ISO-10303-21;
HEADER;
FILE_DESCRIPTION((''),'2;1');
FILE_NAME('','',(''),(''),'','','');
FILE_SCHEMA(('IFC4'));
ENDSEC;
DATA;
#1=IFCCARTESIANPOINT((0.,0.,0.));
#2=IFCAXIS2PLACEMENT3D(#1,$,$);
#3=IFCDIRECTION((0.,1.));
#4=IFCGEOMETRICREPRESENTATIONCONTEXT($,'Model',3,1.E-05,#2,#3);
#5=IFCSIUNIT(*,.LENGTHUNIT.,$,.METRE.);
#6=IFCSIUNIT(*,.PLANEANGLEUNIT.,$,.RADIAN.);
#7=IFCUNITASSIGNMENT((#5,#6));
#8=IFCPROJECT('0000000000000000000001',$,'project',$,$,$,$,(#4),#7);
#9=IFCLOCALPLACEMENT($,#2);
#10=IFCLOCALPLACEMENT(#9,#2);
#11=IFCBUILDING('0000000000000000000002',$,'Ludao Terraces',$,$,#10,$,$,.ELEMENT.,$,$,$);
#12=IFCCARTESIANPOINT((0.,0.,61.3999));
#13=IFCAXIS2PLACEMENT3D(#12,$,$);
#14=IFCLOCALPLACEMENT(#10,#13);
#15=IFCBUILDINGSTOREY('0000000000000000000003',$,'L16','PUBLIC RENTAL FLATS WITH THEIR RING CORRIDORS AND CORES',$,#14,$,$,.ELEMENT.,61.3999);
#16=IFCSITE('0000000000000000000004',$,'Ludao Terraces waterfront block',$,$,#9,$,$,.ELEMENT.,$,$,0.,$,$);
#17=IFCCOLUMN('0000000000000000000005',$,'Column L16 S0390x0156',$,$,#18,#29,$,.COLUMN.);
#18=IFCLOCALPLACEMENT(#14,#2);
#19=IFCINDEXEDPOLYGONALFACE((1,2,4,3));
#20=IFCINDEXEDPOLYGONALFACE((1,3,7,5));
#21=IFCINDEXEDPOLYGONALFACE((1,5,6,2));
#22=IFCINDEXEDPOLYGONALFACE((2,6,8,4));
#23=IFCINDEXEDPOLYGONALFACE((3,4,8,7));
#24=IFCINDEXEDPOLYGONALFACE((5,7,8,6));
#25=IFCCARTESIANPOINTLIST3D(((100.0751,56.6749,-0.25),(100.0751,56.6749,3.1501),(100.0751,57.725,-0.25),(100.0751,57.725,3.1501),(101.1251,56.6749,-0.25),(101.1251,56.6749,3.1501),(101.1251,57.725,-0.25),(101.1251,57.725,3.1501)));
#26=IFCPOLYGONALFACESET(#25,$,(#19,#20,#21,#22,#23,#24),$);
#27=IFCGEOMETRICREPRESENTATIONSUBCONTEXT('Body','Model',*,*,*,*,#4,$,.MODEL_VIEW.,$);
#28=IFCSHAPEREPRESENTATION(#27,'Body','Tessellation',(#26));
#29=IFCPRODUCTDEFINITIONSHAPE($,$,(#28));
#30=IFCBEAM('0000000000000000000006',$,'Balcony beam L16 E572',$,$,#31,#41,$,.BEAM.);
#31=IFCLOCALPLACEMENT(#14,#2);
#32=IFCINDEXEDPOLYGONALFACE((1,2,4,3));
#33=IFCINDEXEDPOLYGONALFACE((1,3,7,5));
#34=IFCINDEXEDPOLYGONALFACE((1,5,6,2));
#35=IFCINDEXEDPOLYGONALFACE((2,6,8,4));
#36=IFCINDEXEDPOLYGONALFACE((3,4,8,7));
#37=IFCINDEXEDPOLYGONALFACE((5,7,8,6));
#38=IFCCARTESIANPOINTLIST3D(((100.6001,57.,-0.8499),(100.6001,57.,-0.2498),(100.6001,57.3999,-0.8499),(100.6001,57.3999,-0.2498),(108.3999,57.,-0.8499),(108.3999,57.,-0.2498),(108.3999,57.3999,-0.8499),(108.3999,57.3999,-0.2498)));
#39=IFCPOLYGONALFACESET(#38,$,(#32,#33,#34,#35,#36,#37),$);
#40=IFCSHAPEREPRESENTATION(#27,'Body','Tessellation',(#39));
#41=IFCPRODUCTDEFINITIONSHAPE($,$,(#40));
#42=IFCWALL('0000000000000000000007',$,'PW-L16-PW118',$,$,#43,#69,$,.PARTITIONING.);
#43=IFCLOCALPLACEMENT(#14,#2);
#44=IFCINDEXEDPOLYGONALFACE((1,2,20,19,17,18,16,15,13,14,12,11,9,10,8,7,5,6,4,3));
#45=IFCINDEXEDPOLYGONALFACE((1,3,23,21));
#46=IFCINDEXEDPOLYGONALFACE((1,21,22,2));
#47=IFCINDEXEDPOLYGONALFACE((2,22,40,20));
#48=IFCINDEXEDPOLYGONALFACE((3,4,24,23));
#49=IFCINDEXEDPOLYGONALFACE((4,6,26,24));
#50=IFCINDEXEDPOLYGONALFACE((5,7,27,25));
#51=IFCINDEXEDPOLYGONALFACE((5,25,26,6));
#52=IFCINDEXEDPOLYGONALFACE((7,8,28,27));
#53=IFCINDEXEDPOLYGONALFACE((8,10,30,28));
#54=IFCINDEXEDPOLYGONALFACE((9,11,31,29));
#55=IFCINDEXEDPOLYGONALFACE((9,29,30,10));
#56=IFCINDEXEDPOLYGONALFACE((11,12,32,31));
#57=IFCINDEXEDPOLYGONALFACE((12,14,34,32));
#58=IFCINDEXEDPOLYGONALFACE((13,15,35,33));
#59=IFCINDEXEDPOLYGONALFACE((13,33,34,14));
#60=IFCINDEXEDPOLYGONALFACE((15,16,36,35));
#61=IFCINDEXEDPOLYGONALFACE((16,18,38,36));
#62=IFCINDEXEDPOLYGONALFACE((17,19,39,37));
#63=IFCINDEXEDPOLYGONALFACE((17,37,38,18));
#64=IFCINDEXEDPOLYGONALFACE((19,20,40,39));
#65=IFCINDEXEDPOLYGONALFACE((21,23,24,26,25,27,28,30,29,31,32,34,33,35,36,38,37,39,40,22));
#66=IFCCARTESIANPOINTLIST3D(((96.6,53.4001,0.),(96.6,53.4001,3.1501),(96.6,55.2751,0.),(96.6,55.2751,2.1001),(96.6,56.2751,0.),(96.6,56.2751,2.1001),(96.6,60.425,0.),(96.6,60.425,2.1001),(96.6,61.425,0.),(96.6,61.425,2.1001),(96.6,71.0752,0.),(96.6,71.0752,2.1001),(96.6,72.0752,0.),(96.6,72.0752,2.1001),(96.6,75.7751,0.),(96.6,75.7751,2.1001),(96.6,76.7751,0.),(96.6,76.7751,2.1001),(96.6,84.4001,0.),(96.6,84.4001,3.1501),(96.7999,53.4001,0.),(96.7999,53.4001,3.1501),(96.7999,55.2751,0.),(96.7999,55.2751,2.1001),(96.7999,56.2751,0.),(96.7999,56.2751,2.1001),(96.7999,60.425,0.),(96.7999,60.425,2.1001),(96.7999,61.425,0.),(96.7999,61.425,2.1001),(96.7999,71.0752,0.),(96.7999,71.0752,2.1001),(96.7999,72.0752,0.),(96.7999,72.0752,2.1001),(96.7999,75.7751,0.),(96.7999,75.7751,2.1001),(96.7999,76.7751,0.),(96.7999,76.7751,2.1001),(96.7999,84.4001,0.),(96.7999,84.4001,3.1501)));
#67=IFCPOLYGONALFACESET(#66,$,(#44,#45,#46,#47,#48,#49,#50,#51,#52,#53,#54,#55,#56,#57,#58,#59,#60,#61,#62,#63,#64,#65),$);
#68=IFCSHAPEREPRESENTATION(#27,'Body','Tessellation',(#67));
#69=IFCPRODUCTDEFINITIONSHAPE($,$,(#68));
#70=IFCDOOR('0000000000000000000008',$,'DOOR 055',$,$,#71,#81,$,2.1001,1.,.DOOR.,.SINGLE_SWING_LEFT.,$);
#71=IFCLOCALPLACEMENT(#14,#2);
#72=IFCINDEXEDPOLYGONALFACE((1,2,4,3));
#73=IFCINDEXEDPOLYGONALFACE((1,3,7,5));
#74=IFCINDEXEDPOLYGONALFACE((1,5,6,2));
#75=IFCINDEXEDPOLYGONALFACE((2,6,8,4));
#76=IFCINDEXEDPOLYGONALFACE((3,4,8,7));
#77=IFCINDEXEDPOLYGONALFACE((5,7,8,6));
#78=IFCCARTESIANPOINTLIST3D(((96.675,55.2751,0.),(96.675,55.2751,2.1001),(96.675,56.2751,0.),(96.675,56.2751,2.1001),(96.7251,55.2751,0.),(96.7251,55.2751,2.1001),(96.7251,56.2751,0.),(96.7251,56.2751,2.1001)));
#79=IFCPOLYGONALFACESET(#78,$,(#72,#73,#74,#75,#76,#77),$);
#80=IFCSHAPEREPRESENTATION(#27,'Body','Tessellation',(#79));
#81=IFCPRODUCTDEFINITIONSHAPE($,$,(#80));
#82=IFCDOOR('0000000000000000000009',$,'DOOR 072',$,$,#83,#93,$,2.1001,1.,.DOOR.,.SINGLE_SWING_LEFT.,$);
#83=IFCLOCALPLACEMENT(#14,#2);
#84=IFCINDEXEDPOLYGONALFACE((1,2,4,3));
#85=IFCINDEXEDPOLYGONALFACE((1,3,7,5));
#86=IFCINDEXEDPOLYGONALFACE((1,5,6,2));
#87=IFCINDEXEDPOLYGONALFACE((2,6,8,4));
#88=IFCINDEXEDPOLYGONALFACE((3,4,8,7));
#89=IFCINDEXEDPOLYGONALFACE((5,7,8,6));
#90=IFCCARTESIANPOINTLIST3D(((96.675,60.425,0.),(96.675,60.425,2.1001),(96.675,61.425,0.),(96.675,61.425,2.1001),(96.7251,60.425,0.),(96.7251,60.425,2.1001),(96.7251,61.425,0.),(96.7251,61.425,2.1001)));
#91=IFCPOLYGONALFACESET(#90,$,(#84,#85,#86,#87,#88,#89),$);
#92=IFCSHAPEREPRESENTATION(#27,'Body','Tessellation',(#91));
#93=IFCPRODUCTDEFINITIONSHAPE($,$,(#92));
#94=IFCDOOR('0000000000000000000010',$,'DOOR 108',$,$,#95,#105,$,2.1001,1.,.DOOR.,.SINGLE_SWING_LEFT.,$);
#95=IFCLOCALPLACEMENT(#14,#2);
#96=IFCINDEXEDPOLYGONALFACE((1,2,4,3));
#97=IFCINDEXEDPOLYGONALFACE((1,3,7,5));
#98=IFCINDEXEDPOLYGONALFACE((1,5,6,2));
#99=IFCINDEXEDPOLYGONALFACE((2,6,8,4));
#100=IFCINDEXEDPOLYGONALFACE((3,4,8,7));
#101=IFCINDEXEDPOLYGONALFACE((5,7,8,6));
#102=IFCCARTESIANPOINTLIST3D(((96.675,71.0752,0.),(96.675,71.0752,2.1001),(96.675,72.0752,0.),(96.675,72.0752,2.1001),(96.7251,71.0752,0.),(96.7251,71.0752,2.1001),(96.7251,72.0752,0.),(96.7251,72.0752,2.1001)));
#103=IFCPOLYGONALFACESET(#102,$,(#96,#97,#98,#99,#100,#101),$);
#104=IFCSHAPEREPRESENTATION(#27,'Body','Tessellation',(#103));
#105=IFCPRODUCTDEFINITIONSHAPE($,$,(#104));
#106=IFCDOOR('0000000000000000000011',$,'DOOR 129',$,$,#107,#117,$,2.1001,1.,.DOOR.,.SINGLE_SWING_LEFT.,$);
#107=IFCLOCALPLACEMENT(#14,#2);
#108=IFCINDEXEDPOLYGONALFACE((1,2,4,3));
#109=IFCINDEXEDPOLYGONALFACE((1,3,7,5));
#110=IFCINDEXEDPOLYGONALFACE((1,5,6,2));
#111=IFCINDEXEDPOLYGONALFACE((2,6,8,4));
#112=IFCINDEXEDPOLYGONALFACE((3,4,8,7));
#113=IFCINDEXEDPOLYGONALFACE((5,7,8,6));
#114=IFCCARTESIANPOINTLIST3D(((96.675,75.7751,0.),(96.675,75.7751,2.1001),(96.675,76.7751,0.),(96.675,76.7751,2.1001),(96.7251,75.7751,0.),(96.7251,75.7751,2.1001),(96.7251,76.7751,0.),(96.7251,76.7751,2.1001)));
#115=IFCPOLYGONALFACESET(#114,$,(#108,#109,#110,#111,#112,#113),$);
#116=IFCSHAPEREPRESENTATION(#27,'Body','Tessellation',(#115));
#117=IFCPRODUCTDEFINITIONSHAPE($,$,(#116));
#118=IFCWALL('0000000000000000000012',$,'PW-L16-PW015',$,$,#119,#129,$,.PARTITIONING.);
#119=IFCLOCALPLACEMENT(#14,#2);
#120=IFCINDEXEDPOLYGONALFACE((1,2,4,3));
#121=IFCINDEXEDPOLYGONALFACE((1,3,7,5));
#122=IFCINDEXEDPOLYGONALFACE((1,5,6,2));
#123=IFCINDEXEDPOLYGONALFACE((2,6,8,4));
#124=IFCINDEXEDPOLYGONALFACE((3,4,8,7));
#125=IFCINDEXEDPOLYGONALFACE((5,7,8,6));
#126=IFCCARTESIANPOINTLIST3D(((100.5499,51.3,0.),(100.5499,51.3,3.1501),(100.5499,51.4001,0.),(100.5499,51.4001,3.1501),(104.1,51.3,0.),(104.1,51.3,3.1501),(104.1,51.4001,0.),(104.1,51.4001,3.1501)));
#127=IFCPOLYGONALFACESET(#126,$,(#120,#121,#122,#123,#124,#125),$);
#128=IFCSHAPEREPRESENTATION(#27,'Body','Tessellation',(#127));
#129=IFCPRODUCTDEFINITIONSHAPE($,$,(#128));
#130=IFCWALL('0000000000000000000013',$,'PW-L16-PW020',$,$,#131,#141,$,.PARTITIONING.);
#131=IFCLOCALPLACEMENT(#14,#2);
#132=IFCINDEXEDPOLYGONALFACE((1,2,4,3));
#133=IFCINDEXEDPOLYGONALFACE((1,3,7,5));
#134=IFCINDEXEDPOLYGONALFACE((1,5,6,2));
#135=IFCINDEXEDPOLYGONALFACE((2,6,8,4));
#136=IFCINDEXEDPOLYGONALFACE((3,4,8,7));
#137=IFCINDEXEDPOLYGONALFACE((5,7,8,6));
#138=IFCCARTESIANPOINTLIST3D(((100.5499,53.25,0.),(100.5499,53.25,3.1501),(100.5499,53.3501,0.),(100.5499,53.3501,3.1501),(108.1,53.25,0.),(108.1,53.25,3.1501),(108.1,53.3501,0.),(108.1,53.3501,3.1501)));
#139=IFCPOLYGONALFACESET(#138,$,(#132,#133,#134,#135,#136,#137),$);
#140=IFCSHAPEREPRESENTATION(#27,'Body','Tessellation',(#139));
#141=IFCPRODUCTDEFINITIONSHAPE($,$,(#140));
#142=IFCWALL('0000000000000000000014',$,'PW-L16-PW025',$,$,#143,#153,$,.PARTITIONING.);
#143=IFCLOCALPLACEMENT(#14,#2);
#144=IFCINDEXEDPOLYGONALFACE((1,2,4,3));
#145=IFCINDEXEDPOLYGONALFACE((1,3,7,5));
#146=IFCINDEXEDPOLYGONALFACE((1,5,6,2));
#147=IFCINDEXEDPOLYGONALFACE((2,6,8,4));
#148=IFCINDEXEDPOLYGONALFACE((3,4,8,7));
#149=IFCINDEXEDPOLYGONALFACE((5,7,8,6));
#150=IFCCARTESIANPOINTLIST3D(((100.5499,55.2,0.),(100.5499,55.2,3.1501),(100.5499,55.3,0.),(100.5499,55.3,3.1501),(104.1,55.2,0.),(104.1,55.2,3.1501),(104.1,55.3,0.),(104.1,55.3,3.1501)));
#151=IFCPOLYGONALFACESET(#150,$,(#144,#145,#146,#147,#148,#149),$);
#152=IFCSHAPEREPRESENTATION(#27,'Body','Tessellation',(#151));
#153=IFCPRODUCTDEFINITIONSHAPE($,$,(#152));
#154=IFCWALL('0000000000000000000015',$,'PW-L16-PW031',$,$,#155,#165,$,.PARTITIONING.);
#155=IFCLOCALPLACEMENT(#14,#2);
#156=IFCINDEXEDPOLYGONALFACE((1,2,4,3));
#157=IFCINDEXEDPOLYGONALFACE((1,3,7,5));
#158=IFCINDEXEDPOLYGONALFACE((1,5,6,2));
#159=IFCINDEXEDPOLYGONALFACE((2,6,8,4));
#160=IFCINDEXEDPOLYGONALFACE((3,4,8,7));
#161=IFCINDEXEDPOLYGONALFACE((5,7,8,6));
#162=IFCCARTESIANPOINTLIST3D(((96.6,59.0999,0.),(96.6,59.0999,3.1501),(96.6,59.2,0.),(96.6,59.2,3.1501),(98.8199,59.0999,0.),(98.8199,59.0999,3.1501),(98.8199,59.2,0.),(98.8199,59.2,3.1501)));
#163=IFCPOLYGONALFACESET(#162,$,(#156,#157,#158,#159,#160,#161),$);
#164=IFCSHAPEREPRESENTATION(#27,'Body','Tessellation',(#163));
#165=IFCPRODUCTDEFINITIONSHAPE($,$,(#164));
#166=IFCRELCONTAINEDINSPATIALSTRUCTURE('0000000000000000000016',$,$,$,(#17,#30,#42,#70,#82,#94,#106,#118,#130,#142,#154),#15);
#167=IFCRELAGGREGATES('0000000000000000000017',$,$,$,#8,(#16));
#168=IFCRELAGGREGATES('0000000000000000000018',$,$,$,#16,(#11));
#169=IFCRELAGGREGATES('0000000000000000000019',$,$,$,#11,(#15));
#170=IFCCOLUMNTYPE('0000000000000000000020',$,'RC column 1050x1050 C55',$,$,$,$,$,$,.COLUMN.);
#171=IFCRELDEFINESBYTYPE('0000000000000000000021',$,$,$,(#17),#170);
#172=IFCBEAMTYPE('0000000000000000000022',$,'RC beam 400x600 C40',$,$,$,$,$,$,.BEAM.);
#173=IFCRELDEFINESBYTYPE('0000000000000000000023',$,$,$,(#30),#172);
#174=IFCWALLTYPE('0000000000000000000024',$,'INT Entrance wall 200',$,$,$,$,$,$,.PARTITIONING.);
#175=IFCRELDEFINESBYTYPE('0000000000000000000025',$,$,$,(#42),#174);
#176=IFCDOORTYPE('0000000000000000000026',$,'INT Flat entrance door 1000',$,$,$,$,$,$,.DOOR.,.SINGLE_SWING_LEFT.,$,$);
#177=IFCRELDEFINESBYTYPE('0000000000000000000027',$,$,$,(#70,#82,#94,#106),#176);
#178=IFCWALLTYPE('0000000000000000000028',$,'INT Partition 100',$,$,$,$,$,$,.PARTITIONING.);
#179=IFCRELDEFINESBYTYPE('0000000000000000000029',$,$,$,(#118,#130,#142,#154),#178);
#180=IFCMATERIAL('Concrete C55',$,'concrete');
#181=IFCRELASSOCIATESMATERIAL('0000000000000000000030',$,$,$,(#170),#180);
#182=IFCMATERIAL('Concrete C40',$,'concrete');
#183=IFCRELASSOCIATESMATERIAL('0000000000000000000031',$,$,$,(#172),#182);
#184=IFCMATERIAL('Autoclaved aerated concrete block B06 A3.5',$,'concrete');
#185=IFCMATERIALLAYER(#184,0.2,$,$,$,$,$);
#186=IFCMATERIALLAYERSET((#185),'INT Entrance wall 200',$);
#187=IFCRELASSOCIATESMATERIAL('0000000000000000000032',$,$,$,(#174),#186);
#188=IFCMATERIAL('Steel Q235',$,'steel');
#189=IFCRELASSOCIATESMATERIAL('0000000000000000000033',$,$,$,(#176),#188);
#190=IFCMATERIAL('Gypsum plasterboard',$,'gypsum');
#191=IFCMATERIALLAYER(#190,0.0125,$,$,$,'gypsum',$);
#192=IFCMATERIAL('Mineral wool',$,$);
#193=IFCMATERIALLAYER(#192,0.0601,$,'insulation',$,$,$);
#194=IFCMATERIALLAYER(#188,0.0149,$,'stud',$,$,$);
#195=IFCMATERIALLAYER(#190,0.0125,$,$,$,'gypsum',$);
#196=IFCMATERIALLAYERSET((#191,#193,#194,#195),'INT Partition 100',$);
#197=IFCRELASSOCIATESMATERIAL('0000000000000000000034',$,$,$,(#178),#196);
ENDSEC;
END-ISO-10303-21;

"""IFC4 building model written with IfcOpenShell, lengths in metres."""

from ifc_helpers import new_model, si_unit, direction, frame, frame_2d, origin, origin_2d, place, context, subcontext, project, spatial, rectangle, extrude, material, layer, layer_set, material_profile, profile_set, type_object, element, fill, save


model = new_model("IFC4")

# Units and contexts
model_context = context("Model", 3, precision=1e-05, world=origin(), true_north=direction((0.0, 1.0)))
body_context = subcontext(model_context, "Body", "Model", "MODEL_VIEW")
ifc_project = project(units=[si_unit("LENGTHUNIT", "METRE"), si_unit("PLANEANGLEUNIT", "RADIAN")], contexts=[model_context])

# Site, building, storey
site_placement = place(None, origin())
site = spatial("IfcSite", under=ifc_project, at=site_placement, Name="Ludao Terraces waterfront block", CompositionType="ELEMENT", RefElevation=0.0)
building_placement = place(site_placement, origin())
building = spatial("IfcBuilding", under=site, at=building_placement, Name="Ludao Terraces", CompositionType="ELEMENT")
storey_placement = place(building_placement, frame((0.0, 0.0, 61.3999)))
storey = spatial("IfcBuildingStorey", under=building, at=storey_placement, Name="L16", Description="PUBLIC RENTAL FLATS WITH THEIR RING CORRIDORS AND CORES", CompositionType="ELEMENT", Elevation=61.3999)

# Column
ifc_material_1 = material(Name="Concrete C55", Category="concrete")
ifc_material_profile_1 = material_profile(ifc_material_1, rectangle(XDim=1.05, YDim=1.05, at=origin_2d()), Name="1050 X 1050")
ifc_profile_set_1 = profile_set([ifc_material_profile_1], Name="Concrete C55")
column_type = type_object("IfcColumnType", Name="RC column 1050x1050 C55", PredefinedType="COLUMN", material=ifc_profile_set_1)
column_placement = place(storey_placement, frame((100.6001, 57.2, -0.25), z_axis=(0.0, 0.0, 1.0), x_axis=(1.0, 0.0, 0.0)))
element("IfcColumn", 1, at=column_placement, inside=storey, type_object=column_type, Name="Column L16 S0390x0156", PredefinedType="COLUMN", context=body_context, shape_type="SweptSolid", body=[
    extrude(rectangle(XDim=1.05, YDim=1.05, at=origin_2d()), origin(), (0.0, 0.0, 1.0), 3.4001),
])

# Beam
ifc_material_2 = material(Name="Concrete C40", Category="concrete")
ifc_material_profile_2 = material_profile(ifc_material_2, rectangle(XDim=0.3999, YDim=0.6001, at=origin_2d()), Name="400 X 600")
ifc_profile_set_2 = profile_set([ifc_material_profile_2], Name="Concrete C40")
beam_type = type_object("IfcBeamType", Name="RC beam 400x600 C40", PredefinedType="BEAM", material=ifc_profile_set_2)
beam_placement = place(storey_placement, frame((100.6001, 57.2, -0.5498), z_axis=(1.0, 0.0, 0.0), x_axis=(0.0, 1.0, 0.0)))
element("IfcBeam", 2, at=beam_placement, inside=storey, type_object=beam_type, Name="Balcony beam L16 E572", PredefinedType="BEAM", context=body_context, shape_type="SweptSolid", body=[
    extrude(rectangle(XDim=0.3999, YDim=0.6001, at=origin_2d()), origin(), (0.0, 0.0, 1.0), 7.7998),
])

# Wall, openings, doors
ifc_material_3 = material(Name="Autoclaved aerated concrete block B06 A3.5", Category="concrete")
ifc_layer_1 = layer(ifc_material_3, 0.2)
ifc_layer_set_1 = layer_set([ifc_layer_1], Name="INT Entrance wall 200")
wall_type_1 = type_object("IfcWallType", Name="INT Entrance wall 200", PredefinedType="PARTITIONING", material=ifc_layer_set_1)
wall_1_placement = place(storey_placement, frame((96.7, 53.4001, 0.0), z_axis=(0.0, 0.0, 1.0), x_axis=(0.0, 1.0, 0.0)))
wall_1 = element("IfcWall", 3, at=wall_1_placement, inside=storey, type_object=wall_type_1, Name="PW-L16-PW118", PredefinedType="PARTITIONING", context=body_context, shape_type="SweptSolid", body=[
    extrude(rectangle(XDim=31.0, YDim=0.2, at=frame_2d((15.5, 0.0))), origin(), (0.0, 0.0, 1.0), 3.1501),
])
opening_1_placement = place(wall_1_placement, frame((1.875, 0.0, 0.0)))
opening_1 = element("IfcOpeningElement", 4, at=opening_1_placement, cuts=wall_1, PredefinedType="OPENING", context=body_context, shape_type="SweptSolid", body=[
    extrude(rectangle(XDim=1.0, YDim=2.1001, at=frame_2d((0.5, 1.05))), frame((0.0, 0.1099, 0.0), z_axis=(0.0, -1.0, 0.0), x_axis=(1.0, 0.0, 0.0)), (0.0, 0.0, 1.0), 0.22),
])
opening_2_placement = place(wall_1_placement, frame((7.0249, 0.0, 0.0)))
opening_2 = element("IfcOpeningElement", 5, at=opening_2_placement, cuts=wall_1, PredefinedType="OPENING", context=body_context, shape_type="SweptSolid", body=[
    extrude(rectangle(XDim=1.0, YDim=2.1001, at=frame_2d((0.5, 1.05))), frame((0.0, 0.1099, 0.0), z_axis=(0.0, -1.0, 0.0), x_axis=(1.0, 0.0, 0.0)), (0.0, 0.0, 1.0), 0.22),
])
opening_3_placement = place(wall_1_placement, frame((17.675, 0.0, 0.0)))
opening_3 = element("IfcOpeningElement", 6, at=opening_3_placement, cuts=wall_1, PredefinedType="OPENING", context=body_context, shape_type="SweptSolid", body=[
    extrude(rectangle(XDim=1.0, YDim=2.1001, at=frame_2d((0.5, 1.05))), frame((0.0, 0.1099, 0.0), z_axis=(0.0, -1.0, 0.0), x_axis=(1.0, 0.0, 0.0)), (0.0, 0.0, 1.0), 0.22),
])
opening_4_placement = place(wall_1_placement, frame((22.375, 0.0, 0.0)))
opening_4 = element("IfcOpeningElement", 7, at=opening_4_placement, cuts=wall_1, PredefinedType="OPENING", context=body_context, shape_type="SweptSolid", body=[
    extrude(rectangle(XDim=1.0, YDim=2.1001, at=frame_2d((0.5, 1.05))), frame((0.0, 0.1099, 0.0), z_axis=(0.0, -1.0, 0.0), x_axis=(1.0, 0.0, 0.0)), (0.0, 0.0, 1.0), 0.22),
])
ifc_material_4 = material(Name="Steel Q235", Category="steel")
door_type_1 = type_object("IfcDoorType", Name="INT Flat entrance door 1000", OperationType="SINGLE_SWING_LEFT", PredefinedType="DOOR", material=ifc_material_4)
door_1_placement = place(opening_1_placement, origin())
door_1 = element("IfcDoor", 8, at=door_1_placement, inside=storey, type_object=door_type_1, Name="DOOR 055", OperationType="SINGLE_SWING_LEFT", OverallHeight=2.1001, OverallWidth=1.0, PredefinedType="DOOR", context=body_context, shape_type="SweptSolid", body=[
    extrude(rectangle(XDim=1.0, YDim=2.1001, at=frame_2d((0.5, 1.05))), frame((0.0, 0.0249, 0.0), z_axis=(0.0, -1.0, 0.0), x_axis=(1.0, 0.0, 0.0)), (0.0, 0.0, 1.0), 0.05),
])
fill(opening_1, door_1)
door_2_placement = place(opening_2_placement, origin())
door_2 = element("IfcDoor", 9, at=door_2_placement, inside=storey, type_object=door_type_1, Name="DOOR 072", OperationType="SINGLE_SWING_LEFT", OverallHeight=2.1001, OverallWidth=1.0, PredefinedType="DOOR", context=body_context, shape_type="SweptSolid", body=[
    extrude(rectangle(XDim=1.0, YDim=2.1001, at=frame_2d((0.5, 1.05))), frame((0.0, 0.0249, 0.0), z_axis=(0.0, -1.0, 0.0), x_axis=(1.0, 0.0, 0.0)), (0.0, 0.0, 1.0), 0.05),
])
fill(opening_2, door_2)
door_3_placement = place(opening_3_placement, origin())
door_3 = element("IfcDoor", 10, at=door_3_placement, inside=storey, type_object=door_type_1, Name="DOOR 108", OperationType="SINGLE_SWING_LEFT", OverallHeight=2.1001, OverallWidth=1.0, PredefinedType="DOOR", context=body_context, shape_type="SweptSolid", body=[
    extrude(rectangle(XDim=1.0, YDim=2.1001, at=frame_2d((0.5, 1.05))), frame((0.0, 0.0249, 0.0), z_axis=(0.0, -1.0, 0.0), x_axis=(1.0, 0.0, 0.0)), (0.0, 0.0, 1.0), 0.05),
])
fill(opening_3, door_3)
door_4_placement = place(opening_4_placement, origin())
door_4 = element("IfcDoor", 11, at=door_4_placement, inside=storey, type_object=door_type_1, Name="DOOR 129", OperationType="SINGLE_SWING_LEFT", OverallHeight=2.1001, OverallWidth=1.0, PredefinedType="DOOR", context=body_context, shape_type="SweptSolid", body=[
    extrude(rectangle(XDim=1.0, YDim=2.1001, at=frame_2d((0.5, 1.05))), frame((0.0, 0.0249, 0.0), z_axis=(0.0, -1.0, 0.0), x_axis=(1.0, 0.0, 0.0)), (0.0, 0.0, 1.0), 0.05),
])
fill(opening_4, door_4)

# Walls
ifc_material_5 = material(Name="Gypsum plasterboard", Category="gypsum")
ifc_layer_2 = layer(ifc_material_5, 0.0125, Category="gypsum")
ifc_material_6 = material(Name="Mineral wool")
ifc_layer_3 = layer(ifc_material_6, 0.0601, Name="insulation")
ifc_layer_4 = layer(ifc_material_4, 0.0149, Name="stud")
ifc_layer_5 = layer(ifc_material_5, 0.0125, Category="gypsum")
ifc_layer_set_2 = layer_set([ifc_layer_2, ifc_layer_3, ifc_layer_4, ifc_layer_5], Name="INT Partition 100")
wall_type_2 = type_object("IfcWallType", Name="INT Partition 100", PredefinedType="PARTITIONING", material=ifc_layer_set_2)
wall_2_placement = place(storey_placement, frame((100.55, 51.3501, 0.0), z_axis=(0.0, 0.0, 1.0), x_axis=(1.0, 0.0, 0.0)))
element("IfcWall", 12, at=wall_2_placement, inside=storey, type_object=wall_type_2, Name="PW-L16-PW015", PredefinedType="PARTITIONING", context=body_context, shape_type="SweptSolid", body=[
    extrude(rectangle(XDim=3.55, YDim=0.1001, at=frame_2d((1.7749, 0.0))), origin(), (0.0, 0.0, 1.0), 3.1501),
])
wall_3_placement = place(storey_placement, frame((100.55, 53.3, 0.0), z_axis=(0.0, 0.0, 1.0), x_axis=(1.0, 0.0, 0.0)))
element("IfcWall", 13, at=wall_3_placement, inside=storey, type_object=wall_type_2, Name="PW-L16-PW020", PredefinedType="PARTITIONING", context=body_context, shape_type="SweptSolid", body=[
    extrude(rectangle(XDim=7.55, YDim=0.1001, at=frame_2d((3.7749, 0.0))), origin(), (0.0, 0.0, 1.0), 3.1501),
])
wall_4_placement = place(storey_placement, frame((100.55, 55.25, 0.0), z_axis=(0.0, 0.0, 1.0), x_axis=(1.0, 0.0, 0.0)))
element("IfcWall", 14, at=wall_4_placement, inside=storey, type_object=wall_type_2, Name="PW-L16-PW025", PredefinedType="PARTITIONING", context=body_context, shape_type="SweptSolid", body=[
    extrude(rectangle(XDim=3.55, YDim=0.1001, at=frame_2d((1.7749, 0.0))), origin(), (0.0, 0.0, 1.0), 3.1501),
])
for number, where, z_axis, x_axis, name in (
    (15, (96.6001, 59.1499, 0.0), (0.0, 0.0, 1.0), (1.0, 0.0, 0.0), "PW-L16-PW031"),
):
    element("IfcWall", number, at=place(storey_placement, frame(where, z_axis=z_axis, x_axis=x_axis)), inside=storey, type_object=wall_type_2, Name=name, PredefinedType="PARTITIONING", context=body_context, shape_type="SweptSolid", body=[
        extrude(rectangle(XDim=2.22, YDim=0.1001, at=frame_2d((1.1099, 0.0))), origin(), (0.0, 0.0, 1.0), 3.1501),
    ])

save(model, "model.ifc")
